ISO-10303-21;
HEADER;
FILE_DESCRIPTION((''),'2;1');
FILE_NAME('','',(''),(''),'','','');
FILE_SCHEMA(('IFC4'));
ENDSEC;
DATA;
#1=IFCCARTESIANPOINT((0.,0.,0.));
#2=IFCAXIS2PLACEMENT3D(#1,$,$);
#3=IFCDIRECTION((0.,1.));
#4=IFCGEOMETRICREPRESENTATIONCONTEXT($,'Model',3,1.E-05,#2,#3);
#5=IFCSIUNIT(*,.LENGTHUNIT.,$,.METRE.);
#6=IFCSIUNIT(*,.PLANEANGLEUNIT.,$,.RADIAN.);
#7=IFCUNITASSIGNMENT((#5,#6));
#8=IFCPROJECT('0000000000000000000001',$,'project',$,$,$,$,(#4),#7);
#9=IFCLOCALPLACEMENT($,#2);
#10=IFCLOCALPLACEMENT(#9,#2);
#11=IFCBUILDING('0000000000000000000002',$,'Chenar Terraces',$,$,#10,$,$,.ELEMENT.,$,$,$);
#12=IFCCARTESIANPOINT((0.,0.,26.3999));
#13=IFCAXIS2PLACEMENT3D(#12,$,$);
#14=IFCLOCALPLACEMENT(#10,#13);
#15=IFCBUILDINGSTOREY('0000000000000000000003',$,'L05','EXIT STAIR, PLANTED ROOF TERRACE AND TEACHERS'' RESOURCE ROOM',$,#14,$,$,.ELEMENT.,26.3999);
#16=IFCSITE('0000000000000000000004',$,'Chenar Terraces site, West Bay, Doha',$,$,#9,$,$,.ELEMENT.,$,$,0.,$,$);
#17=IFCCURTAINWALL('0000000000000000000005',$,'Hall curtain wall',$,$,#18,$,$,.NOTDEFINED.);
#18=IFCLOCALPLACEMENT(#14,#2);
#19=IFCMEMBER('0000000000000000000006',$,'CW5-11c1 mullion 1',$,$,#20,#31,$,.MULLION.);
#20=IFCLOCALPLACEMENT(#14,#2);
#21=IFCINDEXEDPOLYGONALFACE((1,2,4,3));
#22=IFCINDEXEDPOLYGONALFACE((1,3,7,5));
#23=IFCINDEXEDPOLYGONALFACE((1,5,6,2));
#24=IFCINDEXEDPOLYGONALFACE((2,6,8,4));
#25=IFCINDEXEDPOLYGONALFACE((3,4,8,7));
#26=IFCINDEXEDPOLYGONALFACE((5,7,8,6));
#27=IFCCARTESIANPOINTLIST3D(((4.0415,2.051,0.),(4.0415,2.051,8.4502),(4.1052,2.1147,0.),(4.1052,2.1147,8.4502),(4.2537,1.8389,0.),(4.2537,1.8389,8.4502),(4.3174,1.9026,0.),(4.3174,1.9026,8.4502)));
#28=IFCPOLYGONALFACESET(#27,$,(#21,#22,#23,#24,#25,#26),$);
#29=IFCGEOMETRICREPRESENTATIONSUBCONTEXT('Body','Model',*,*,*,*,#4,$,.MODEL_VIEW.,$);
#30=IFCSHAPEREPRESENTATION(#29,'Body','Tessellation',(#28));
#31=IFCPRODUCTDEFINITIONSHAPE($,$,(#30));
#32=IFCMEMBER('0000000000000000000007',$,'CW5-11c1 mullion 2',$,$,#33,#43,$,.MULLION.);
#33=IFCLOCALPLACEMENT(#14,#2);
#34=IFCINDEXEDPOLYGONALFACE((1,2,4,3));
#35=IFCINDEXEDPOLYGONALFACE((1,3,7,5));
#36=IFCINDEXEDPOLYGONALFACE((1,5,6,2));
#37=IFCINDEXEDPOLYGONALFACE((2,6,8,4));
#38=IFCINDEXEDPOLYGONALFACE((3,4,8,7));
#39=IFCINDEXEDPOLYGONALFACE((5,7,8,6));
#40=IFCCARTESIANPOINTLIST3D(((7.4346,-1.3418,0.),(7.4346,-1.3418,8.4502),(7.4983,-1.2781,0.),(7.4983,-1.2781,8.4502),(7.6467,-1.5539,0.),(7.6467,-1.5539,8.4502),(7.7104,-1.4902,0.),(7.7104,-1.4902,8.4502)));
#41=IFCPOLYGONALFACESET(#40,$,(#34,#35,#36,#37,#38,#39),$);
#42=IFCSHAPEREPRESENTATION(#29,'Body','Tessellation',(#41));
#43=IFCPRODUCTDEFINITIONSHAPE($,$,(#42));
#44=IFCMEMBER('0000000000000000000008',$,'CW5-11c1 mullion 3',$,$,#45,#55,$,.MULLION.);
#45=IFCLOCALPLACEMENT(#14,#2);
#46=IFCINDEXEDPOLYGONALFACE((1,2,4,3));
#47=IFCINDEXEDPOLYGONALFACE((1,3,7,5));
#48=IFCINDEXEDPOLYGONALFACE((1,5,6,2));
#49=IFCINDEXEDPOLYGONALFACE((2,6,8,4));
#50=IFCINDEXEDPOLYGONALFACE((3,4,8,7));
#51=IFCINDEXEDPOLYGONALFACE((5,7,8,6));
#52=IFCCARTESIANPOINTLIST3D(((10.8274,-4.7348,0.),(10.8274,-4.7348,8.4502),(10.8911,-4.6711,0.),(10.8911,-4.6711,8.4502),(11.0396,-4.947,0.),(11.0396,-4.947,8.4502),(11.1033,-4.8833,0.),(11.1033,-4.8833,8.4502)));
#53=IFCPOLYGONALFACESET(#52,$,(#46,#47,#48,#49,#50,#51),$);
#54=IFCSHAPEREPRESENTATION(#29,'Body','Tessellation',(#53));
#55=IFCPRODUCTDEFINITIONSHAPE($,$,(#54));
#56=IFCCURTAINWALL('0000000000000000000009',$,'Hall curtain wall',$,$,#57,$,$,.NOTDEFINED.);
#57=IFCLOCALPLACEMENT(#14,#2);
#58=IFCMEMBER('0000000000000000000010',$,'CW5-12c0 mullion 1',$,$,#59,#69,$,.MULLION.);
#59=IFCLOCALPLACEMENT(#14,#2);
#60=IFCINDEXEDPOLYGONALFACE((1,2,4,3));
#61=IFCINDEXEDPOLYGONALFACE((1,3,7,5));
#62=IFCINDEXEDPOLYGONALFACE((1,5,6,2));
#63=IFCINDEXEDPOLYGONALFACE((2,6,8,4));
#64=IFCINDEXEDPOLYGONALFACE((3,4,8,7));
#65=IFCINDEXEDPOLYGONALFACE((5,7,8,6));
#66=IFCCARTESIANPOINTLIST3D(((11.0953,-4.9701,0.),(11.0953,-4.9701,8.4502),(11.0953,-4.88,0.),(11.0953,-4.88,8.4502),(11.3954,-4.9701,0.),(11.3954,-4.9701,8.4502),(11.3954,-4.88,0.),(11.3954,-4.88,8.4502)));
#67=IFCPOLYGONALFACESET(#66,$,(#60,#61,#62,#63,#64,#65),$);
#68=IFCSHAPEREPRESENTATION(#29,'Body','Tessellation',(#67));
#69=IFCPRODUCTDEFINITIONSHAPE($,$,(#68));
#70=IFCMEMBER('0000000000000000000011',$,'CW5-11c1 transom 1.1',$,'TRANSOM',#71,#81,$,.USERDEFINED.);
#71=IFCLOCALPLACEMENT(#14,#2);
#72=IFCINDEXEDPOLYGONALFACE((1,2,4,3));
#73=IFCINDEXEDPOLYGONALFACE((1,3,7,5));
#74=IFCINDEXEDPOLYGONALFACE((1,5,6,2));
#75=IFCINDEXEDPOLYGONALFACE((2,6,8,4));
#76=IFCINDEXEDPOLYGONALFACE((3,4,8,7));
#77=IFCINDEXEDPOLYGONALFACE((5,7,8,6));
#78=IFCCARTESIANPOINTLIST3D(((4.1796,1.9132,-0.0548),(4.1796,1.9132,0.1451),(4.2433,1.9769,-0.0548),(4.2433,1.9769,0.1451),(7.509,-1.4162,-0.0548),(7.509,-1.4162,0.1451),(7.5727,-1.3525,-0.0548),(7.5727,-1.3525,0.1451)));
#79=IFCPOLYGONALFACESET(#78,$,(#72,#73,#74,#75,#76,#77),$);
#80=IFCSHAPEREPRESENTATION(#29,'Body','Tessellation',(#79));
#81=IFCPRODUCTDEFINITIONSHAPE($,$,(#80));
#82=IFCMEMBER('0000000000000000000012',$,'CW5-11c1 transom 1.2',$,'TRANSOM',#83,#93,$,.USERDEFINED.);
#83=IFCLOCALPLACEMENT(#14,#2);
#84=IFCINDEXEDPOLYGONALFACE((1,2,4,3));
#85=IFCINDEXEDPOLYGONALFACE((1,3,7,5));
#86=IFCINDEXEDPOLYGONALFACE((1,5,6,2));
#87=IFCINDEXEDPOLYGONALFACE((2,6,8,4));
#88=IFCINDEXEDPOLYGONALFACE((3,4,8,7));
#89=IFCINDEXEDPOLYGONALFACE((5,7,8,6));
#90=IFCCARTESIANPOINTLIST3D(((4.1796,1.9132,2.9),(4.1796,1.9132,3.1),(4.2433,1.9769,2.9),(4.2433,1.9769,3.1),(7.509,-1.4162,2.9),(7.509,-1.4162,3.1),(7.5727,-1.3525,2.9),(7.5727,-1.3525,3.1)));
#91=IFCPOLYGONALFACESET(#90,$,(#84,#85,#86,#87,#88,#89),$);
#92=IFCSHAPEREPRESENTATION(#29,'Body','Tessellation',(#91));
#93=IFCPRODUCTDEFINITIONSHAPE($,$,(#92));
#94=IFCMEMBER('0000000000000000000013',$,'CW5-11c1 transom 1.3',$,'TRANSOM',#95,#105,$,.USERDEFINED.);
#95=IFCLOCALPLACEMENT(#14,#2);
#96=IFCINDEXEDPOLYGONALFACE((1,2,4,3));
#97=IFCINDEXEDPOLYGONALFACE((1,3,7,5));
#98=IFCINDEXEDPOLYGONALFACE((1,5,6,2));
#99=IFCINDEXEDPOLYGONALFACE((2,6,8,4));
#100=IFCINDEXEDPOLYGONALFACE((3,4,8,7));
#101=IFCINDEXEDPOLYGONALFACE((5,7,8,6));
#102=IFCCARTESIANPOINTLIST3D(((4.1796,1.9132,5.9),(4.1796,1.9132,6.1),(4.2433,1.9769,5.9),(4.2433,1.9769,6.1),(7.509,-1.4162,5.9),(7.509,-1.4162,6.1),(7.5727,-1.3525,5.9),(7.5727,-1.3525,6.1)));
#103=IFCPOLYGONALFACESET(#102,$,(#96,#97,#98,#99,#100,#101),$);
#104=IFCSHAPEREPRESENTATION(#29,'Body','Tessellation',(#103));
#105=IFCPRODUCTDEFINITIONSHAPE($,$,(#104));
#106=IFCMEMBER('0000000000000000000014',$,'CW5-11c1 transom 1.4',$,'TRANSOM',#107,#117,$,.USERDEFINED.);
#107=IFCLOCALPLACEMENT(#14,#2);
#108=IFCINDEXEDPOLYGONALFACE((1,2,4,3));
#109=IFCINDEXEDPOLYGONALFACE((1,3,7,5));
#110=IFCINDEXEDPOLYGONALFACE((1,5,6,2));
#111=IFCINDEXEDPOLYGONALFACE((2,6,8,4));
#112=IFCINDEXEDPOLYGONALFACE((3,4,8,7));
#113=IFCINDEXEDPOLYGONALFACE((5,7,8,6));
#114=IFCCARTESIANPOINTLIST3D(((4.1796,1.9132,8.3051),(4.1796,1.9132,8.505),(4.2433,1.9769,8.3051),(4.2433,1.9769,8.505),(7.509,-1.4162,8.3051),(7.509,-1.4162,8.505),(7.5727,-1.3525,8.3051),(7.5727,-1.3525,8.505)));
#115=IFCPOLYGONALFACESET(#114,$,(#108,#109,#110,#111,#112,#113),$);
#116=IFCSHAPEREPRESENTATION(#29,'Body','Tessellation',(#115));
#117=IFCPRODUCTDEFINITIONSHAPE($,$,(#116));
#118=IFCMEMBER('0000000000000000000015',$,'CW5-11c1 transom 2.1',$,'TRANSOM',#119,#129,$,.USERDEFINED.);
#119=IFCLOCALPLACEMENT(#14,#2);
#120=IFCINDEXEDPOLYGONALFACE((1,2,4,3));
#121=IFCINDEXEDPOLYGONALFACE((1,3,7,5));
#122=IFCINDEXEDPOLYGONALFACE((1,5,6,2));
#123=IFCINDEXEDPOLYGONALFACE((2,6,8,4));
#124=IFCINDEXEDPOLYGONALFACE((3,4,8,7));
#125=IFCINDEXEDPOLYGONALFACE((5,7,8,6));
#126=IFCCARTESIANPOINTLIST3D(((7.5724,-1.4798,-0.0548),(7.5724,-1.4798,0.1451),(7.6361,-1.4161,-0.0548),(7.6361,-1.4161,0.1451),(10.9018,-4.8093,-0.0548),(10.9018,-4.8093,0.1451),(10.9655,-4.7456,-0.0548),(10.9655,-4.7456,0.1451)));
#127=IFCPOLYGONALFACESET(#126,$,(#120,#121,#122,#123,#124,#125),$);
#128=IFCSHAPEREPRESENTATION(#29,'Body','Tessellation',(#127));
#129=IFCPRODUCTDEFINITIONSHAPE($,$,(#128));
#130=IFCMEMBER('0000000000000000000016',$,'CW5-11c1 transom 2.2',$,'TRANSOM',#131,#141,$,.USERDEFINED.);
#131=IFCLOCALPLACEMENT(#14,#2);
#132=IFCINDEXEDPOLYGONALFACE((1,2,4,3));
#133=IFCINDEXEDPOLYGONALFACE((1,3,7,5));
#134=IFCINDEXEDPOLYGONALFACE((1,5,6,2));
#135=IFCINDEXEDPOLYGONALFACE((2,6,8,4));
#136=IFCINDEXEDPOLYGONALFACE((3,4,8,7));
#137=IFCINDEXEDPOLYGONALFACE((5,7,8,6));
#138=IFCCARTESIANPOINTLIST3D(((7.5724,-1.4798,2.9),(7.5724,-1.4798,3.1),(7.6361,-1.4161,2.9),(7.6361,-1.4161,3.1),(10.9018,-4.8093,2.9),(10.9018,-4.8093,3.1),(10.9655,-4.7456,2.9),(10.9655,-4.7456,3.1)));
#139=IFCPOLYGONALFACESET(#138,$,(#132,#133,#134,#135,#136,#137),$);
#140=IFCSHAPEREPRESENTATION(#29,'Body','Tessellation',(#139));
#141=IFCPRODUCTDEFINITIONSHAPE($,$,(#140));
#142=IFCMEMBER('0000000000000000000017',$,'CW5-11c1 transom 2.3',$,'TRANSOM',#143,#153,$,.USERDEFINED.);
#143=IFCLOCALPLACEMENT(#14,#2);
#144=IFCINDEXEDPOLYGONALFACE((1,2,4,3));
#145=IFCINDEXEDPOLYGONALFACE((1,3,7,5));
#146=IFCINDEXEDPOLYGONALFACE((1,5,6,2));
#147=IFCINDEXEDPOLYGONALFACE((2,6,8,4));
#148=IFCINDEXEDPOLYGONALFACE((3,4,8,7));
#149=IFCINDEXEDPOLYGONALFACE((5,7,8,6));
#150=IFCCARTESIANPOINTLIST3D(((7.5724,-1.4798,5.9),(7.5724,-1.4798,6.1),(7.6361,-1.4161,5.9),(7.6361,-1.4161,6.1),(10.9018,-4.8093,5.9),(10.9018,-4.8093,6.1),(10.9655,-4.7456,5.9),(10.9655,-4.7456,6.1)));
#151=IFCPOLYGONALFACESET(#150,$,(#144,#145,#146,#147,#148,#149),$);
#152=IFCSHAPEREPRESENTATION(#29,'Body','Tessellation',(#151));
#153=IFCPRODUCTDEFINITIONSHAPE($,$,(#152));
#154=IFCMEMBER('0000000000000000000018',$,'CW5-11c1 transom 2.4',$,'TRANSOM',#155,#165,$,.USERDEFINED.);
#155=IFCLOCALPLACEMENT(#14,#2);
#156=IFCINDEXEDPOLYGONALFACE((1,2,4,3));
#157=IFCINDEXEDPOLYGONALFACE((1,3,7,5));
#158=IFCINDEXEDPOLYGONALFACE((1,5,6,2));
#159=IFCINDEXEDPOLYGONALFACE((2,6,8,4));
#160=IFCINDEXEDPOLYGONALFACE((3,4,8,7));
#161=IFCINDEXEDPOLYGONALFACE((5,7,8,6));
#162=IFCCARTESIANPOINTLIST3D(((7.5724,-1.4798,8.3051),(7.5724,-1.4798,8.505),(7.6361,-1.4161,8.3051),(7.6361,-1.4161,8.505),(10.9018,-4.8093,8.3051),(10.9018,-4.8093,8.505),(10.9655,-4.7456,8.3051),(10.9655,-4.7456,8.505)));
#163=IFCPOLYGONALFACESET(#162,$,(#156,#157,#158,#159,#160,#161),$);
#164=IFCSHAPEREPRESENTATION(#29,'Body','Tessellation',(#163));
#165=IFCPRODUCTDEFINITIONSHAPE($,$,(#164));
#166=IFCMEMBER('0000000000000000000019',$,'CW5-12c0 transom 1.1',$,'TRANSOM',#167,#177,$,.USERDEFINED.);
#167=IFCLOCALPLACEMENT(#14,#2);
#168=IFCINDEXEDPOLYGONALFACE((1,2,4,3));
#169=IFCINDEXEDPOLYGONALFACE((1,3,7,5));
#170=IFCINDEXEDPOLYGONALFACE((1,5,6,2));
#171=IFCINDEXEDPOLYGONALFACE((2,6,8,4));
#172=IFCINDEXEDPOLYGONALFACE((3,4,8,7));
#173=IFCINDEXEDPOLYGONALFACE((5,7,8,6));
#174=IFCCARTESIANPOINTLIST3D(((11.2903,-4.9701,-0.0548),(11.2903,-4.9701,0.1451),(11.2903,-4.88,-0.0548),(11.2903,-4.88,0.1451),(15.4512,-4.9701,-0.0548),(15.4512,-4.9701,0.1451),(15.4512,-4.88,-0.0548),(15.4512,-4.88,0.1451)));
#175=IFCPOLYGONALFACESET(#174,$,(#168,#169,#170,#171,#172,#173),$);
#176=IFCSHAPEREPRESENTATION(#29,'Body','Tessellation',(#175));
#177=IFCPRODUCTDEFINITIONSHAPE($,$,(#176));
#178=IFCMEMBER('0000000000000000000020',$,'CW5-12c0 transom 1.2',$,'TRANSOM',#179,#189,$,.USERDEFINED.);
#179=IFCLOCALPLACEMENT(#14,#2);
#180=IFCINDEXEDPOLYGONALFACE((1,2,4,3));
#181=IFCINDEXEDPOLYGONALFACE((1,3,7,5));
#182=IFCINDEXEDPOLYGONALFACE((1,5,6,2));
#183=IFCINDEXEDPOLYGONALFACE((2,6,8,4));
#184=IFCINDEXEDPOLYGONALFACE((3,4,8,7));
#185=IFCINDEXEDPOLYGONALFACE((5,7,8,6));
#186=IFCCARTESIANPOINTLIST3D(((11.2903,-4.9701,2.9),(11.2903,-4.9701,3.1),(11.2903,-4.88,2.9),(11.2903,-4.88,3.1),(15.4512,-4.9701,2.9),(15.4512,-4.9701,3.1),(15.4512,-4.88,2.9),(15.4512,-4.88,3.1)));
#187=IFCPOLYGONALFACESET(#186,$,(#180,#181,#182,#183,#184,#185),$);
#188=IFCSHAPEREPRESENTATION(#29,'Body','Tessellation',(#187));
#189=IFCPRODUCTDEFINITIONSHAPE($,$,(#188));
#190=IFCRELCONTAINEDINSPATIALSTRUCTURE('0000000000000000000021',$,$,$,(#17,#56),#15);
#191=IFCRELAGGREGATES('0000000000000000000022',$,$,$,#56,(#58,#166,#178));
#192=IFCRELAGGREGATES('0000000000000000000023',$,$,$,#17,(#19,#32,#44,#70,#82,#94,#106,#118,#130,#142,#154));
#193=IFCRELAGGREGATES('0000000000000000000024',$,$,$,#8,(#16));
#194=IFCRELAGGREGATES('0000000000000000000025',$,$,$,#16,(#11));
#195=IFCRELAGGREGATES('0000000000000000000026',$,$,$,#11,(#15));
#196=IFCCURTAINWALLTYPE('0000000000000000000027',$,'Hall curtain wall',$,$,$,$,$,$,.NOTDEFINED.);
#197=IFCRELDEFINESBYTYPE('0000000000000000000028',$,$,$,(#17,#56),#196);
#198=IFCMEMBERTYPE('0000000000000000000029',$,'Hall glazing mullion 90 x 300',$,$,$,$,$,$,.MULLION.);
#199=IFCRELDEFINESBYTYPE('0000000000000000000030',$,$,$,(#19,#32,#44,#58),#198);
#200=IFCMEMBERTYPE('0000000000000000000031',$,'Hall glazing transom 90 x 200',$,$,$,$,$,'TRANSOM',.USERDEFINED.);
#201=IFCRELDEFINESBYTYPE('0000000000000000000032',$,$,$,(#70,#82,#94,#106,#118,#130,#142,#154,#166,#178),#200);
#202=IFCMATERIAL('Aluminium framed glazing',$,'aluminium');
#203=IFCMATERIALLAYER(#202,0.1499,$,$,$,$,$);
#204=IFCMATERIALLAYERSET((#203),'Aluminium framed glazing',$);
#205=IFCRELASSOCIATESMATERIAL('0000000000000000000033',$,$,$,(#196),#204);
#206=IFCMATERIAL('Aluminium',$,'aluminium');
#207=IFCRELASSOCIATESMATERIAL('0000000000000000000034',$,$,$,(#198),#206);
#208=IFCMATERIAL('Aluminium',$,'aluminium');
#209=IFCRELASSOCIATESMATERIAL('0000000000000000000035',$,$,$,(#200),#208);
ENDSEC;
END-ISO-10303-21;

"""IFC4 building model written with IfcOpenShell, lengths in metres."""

from ifc_helpers import new_model, si_unit, direction, frame, origin, origin_2d, place, context, subcontext, project, spatial, rectangle, extrude, material, layer, layer_set, material_profile, profile_set, type_object, element, aggregate, save


model = new_model("IFC4")

# Units and contexts
model_context = context("Model", 3, precision=1e-05, world=origin(), true_north=direction((0.0, 1.0)))
body_context = subcontext(model_context, "Body", "Model", "MODEL_VIEW")
ifc_project = project(units=[si_unit("LENGTHUNIT", "METRE"), si_unit("PLANEANGLEUNIT", "RADIAN")], contexts=[model_context])

# Site, building, storey
site_placement = place(None, origin())
site = spatial("IfcSite", under=ifc_project, at=site_placement, Name="Chenar Terraces site, West Bay, Doha", CompositionType="ELEMENT", RefElevation=0.0)
building_placement = place(site_placement, origin())
building = spatial("IfcBuilding", under=site, at=building_placement, Name="Chenar Terraces", CompositionType="ELEMENT")
storey_placement = place(building_placement, frame((0.0, 0.0, 26.3999)))
storey = spatial("IfcBuildingStorey", under=building, at=storey_placement, Name="L05", Description="EXIT STAIR, PLANTED ROOF TERRACE AND TEACHERS' RESOURCE ROOM", CompositionType="ELEMENT", Elevation=26.3999)

# Curtain wall, members
ifc_material_1 = material(Name="Aluminium framed glazing", Category="aluminium")
ifc_layer_1 = layer(ifc_material_1, 0.1499)
ifc_layer_set_1 = layer_set([ifc_layer_1], Name="Aluminium framed glazing")
curtain_wall_type = type_object("IfcCurtainWallType", Name="Hall curtain wall", PredefinedType="NOTDEFINED", material=ifc_layer_set_1)
placement = place(storey_placement, origin())
curtain_wall_1 = element("IfcCurtainWall", 1, at=placement, inside=storey, type_object=curtain_wall_type, Name="Hall curtain wall", PredefinedType="NOTDEFINED")
ifc_material_2 = material(Name="Aluminium", Category="aluminium")
ifc_material_profile_1 = material_profile(ifc_material_2, rectangle(XDim=0.0901, YDim=0.3, at=origin_2d()), Name="Hall glazing mullion 90 x 300")
ifc_profile_set_1 = profile_set([ifc_material_profile_1], Name="Aluminium")
member_type_1 = type_object("IfcMemberType", Name="Hall glazing mullion 90 x 300", PredefinedType="MULLION", material=ifc_profile_set_1)
member_1_placement = place(storey_placement, frame((4.1794, 1.9768, 0.0), z_axis=(0.0, 0.0, 1.0), x_axis=(0.707107, 0.707107, 0.0)))
member_1 = element("IfcMember", 2, at=member_1_placement, type_object=member_type_1, Name="CW5-11c1 mullion 1", PredefinedType="MULLION", context=body_context, shape_type="SweptSolid", body=[
    extrude(rectangle(XDim=0.0901, YDim=0.3, at=origin_2d()), origin(), (0.0, 0.0, 1.0), 8.4502),
])
member_2_placement = place(storey_placement, frame((7.5725, -1.416, 0.0), z_axis=(0.0, 0.0, 1.0), x_axis=(0.707107, 0.707107, 0.0)))
member_2 = element("IfcMember", 3, at=member_2_placement, type_object=member_type_1, Name="CW5-11c1 mullion 2", PredefinedType="MULLION", context=body_context, shape_type="SweptSolid", body=[
    extrude(rectangle(XDim=0.0901, YDim=0.3, at=origin_2d()), origin(), (0.0, 0.0, 1.0), 8.4502),
])
member_3_placement = place(storey_placement, frame((10.9653, -4.8091, 0.0), z_axis=(0.0, 0.0, 1.0), x_axis=(0.707107, 0.707107, 0.0)))
member_3 = element("IfcMember", 4, at=member_3_placement, type_object=member_type_1, Name="CW5-11c1 mullion 3", PredefinedType="MULLION", context=body_context, shape_type="SweptSolid", body=[
    extrude(rectangle(XDim=0.0901, YDim=0.3, at=origin_2d()), origin(), (0.0, 0.0, 1.0), 8.4502),
])

# Curtain wall, member
curtain_wall_2 = element("IfcCurtainWall", 5, at=placement, inside=storey, type_object=curtain_wall_type, Name="Hall curtain wall", PredefinedType="NOTDEFINED")
member_4_placement = place(storey_placement, frame((11.2454, -4.925, 0.0), z_axis=(0.0, 0.0, 1.0), x_axis=(0.0, 1.0, 0.0)))
member_4 = element("IfcMember", 6, at=member_4_placement, type_object=member_type_1, Name="CW5-12c0 mullion 1", PredefinedType="MULLION", context=body_context, shape_type="SweptSolid", body=[
    extrude(rectangle(XDim=0.0901, YDim=0.3, at=origin_2d()), origin(), (0.0, 0.0, 1.0), 8.4502),
])

# Members
ifc_material_3 = material(Name="Aluminium", Category="aluminium")
ifc_material_profile_2 = material_profile(ifc_material_3, rectangle(XDim=0.0901, YDim=0.2, at=origin_2d()), Name="Hall glazing transom 90 x 200")
ifc_profile_set_2 = profile_set([ifc_material_profile_2], Name="Aluminium")
member_type_2 = type_object("IfcMemberType", Name="Hall glazing transom 90 x 200", ElementType="TRANSOM", PredefinedType="USERDEFINED", material=ifc_profile_set_2)
member_5_placement = place(storey_placement, frame((4.2114, 1.9451, 0.0452), z_axis=(0.707107, -0.707107, 0.0), x_axis=(0.707107, 0.707107, 0.0)))
member_5 = element("IfcMember", 7, at=member_5_placement, type_object=member_type_2, Name="CW5-11c1 transom 1.1", ObjectType="TRANSOM", PredefinedType="USERDEFINED", context=body_context, shape_type="SweptSolid", body=[
    extrude(rectangle(XDim=0.0901, YDim=0.2, at=origin_2d()), origin(), (0.0, 0.0, 1.0), 4.7085),
])
member_6_placement = place(storey_placement, frame((4.2114, 1.9451, 3.0), z_axis=(0.707107, -0.707107, 0.0), x_axis=(0.707107, 0.707107, 0.0)))
member_6 = element("IfcMember", 8, at=member_6_placement, type_object=member_type_2, Name="CW5-11c1 transom 1.2", ObjectType="TRANSOM", PredefinedType="USERDEFINED", context=body_context, shape_type="SweptSolid", body=[
    extrude(rectangle(XDim=0.0901, YDim=0.2, at=origin_2d()), origin(), (0.0, 0.0, 1.0), 4.7085),
])
member_7_placement = place(storey_placement, frame((4.2114, 1.9451, 6.0), z_axis=(0.707107, -0.707107, 0.0), x_axis=(0.707107, 0.707107, 0.0)))
member_7 = element("IfcMember", 9, at=member_7_placement, type_object=member_type_2, Name="CW5-11c1 transom 1.3", ObjectType="TRANSOM", PredefinedType="USERDEFINED", context=body_context, shape_type="SweptSolid", body=[
    extrude(rectangle(XDim=0.0901, YDim=0.2, at=origin_2d()), origin(), (0.0, 0.0, 1.0), 4.7085),
])
member_8_placement = place(storey_placement, frame((4.2114, 1.9451, 8.405), z_axis=(0.707107, -0.707107, 0.0), x_axis=(0.707107, 0.707107, 0.0)))
member_8 = element("IfcMember", 10, at=member_8_placement, type_object=member_type_2, Name="CW5-11c1 transom 1.4", ObjectType="TRANSOM", PredefinedType="USERDEFINED", context=body_context, shape_type="SweptSolid", body=[
    extrude(rectangle(XDim=0.0901, YDim=0.2, at=origin_2d()), origin(), (0.0, 0.0, 1.0), 4.7085),
])
member_9_placement = place(storey_placement, frame((7.6042, -1.448, 0.0452), z_axis=(0.707107, -0.707107, 0.0), x_axis=(0.707107, 0.707107, 0.0)))
member_9 = element("IfcMember", 11, at=member_9_placement, type_object=member_type_2, Name="CW5-11c1 transom 2.1", ObjectType="TRANSOM", PredefinedType="USERDEFINED", context=body_context, shape_type="SweptSolid", body=[
    extrude(rectangle(XDim=0.0901, YDim=0.2, at=origin_2d()), origin(), (0.0, 0.0, 1.0), 4.7085),
])
member_10_placement = place(storey_placement, frame((7.6042, -1.448, 3.0), z_axis=(0.707107, -0.707107, 0.0), x_axis=(0.707107, 0.707107, 0.0)))
member_10 = element("IfcMember", 12, at=member_10_placement, type_object=member_type_2, Name="CW5-11c1 transom 2.2", ObjectType="TRANSOM", PredefinedType="USERDEFINED", context=body_context, shape_type="SweptSolid", body=[
    extrude(rectangle(XDim=0.0901, YDim=0.2, at=origin_2d()), origin(), (0.0, 0.0, 1.0), 4.7085),
])
member_11_placement = place(storey_placement, frame((7.6042, -1.448, 6.0), z_axis=(0.707107, -0.707107, 0.0), x_axis=(0.707107, 0.707107, 0.0)))
member_11 = element("IfcMember", 13, at=member_11_placement, type_object=member_type_2, Name="CW5-11c1 transom 2.3", ObjectType="TRANSOM", PredefinedType="USERDEFINED", context=body_context, shape_type="SweptSolid", body=[
    extrude(rectangle(XDim=0.0901, YDim=0.2, at=origin_2d()), origin(), (0.0, 0.0, 1.0), 4.7085),
])
member_12_placement = place(storey_placement, frame((7.6042, -1.448, 8.405), z_axis=(0.707107, -0.707107, 0.0), x_axis=(0.707107, 0.707107, 0.0)))
member_12 = element("IfcMember", 14, at=member_12_placement, type_object=member_type_2, Name="CW5-11c1 transom 2.4", ObjectType="TRANSOM", PredefinedType="USERDEFINED", context=body_context, shape_type="SweptSolid", body=[
    extrude(rectangle(XDim=0.0901, YDim=0.2, at=origin_2d()), origin(), (0.0, 0.0, 1.0), 4.7085),
])
member_13_placement = place(storey_placement, frame((11.2903, -4.925, 0.0452), z_axis=(1.0, 0.0, 0.0), x_axis=(0.0, 1.0, 0.0)))
member_13 = element("IfcMember", 15, at=member_13_placement, type_object=member_type_2, Name="CW5-12c0 transom 1.1", ObjectType="TRANSOM", PredefinedType="USERDEFINED", context=body_context, shape_type="SweptSolid", body=[
    extrude(rectangle(XDim=0.0901, YDim=0.2, at=origin_2d()), origin(), (0.0, 0.0, 1.0), 4.1609),
])
member_14_placement = place(storey_placement, frame((11.2903, -4.925, 3.0), z_axis=(1.0, 0.0, 0.0), x_axis=(0.0, 1.0, 0.0)))
member_14 = element("IfcMember", 16, at=member_14_placement, type_object=member_type_2, Name="CW5-12c0 transom 1.2", ObjectType="TRANSOM", PredefinedType="USERDEFINED", context=body_context, shape_type="SweptSolid", body=[
    extrude(rectangle(XDim=0.0901, YDim=0.2, at=origin_2d()), origin(), (0.0, 0.0, 1.0), 4.1609),
])
aggregate(curtain_wall_2, [member_4, member_13, member_14])

aggregate(curtain_wall_1, [member_1, member_2, member_3, member_5, member_6, member_7, member_8, member_9, member_10, member_11, member_12])

save(model, "model.ifc")
